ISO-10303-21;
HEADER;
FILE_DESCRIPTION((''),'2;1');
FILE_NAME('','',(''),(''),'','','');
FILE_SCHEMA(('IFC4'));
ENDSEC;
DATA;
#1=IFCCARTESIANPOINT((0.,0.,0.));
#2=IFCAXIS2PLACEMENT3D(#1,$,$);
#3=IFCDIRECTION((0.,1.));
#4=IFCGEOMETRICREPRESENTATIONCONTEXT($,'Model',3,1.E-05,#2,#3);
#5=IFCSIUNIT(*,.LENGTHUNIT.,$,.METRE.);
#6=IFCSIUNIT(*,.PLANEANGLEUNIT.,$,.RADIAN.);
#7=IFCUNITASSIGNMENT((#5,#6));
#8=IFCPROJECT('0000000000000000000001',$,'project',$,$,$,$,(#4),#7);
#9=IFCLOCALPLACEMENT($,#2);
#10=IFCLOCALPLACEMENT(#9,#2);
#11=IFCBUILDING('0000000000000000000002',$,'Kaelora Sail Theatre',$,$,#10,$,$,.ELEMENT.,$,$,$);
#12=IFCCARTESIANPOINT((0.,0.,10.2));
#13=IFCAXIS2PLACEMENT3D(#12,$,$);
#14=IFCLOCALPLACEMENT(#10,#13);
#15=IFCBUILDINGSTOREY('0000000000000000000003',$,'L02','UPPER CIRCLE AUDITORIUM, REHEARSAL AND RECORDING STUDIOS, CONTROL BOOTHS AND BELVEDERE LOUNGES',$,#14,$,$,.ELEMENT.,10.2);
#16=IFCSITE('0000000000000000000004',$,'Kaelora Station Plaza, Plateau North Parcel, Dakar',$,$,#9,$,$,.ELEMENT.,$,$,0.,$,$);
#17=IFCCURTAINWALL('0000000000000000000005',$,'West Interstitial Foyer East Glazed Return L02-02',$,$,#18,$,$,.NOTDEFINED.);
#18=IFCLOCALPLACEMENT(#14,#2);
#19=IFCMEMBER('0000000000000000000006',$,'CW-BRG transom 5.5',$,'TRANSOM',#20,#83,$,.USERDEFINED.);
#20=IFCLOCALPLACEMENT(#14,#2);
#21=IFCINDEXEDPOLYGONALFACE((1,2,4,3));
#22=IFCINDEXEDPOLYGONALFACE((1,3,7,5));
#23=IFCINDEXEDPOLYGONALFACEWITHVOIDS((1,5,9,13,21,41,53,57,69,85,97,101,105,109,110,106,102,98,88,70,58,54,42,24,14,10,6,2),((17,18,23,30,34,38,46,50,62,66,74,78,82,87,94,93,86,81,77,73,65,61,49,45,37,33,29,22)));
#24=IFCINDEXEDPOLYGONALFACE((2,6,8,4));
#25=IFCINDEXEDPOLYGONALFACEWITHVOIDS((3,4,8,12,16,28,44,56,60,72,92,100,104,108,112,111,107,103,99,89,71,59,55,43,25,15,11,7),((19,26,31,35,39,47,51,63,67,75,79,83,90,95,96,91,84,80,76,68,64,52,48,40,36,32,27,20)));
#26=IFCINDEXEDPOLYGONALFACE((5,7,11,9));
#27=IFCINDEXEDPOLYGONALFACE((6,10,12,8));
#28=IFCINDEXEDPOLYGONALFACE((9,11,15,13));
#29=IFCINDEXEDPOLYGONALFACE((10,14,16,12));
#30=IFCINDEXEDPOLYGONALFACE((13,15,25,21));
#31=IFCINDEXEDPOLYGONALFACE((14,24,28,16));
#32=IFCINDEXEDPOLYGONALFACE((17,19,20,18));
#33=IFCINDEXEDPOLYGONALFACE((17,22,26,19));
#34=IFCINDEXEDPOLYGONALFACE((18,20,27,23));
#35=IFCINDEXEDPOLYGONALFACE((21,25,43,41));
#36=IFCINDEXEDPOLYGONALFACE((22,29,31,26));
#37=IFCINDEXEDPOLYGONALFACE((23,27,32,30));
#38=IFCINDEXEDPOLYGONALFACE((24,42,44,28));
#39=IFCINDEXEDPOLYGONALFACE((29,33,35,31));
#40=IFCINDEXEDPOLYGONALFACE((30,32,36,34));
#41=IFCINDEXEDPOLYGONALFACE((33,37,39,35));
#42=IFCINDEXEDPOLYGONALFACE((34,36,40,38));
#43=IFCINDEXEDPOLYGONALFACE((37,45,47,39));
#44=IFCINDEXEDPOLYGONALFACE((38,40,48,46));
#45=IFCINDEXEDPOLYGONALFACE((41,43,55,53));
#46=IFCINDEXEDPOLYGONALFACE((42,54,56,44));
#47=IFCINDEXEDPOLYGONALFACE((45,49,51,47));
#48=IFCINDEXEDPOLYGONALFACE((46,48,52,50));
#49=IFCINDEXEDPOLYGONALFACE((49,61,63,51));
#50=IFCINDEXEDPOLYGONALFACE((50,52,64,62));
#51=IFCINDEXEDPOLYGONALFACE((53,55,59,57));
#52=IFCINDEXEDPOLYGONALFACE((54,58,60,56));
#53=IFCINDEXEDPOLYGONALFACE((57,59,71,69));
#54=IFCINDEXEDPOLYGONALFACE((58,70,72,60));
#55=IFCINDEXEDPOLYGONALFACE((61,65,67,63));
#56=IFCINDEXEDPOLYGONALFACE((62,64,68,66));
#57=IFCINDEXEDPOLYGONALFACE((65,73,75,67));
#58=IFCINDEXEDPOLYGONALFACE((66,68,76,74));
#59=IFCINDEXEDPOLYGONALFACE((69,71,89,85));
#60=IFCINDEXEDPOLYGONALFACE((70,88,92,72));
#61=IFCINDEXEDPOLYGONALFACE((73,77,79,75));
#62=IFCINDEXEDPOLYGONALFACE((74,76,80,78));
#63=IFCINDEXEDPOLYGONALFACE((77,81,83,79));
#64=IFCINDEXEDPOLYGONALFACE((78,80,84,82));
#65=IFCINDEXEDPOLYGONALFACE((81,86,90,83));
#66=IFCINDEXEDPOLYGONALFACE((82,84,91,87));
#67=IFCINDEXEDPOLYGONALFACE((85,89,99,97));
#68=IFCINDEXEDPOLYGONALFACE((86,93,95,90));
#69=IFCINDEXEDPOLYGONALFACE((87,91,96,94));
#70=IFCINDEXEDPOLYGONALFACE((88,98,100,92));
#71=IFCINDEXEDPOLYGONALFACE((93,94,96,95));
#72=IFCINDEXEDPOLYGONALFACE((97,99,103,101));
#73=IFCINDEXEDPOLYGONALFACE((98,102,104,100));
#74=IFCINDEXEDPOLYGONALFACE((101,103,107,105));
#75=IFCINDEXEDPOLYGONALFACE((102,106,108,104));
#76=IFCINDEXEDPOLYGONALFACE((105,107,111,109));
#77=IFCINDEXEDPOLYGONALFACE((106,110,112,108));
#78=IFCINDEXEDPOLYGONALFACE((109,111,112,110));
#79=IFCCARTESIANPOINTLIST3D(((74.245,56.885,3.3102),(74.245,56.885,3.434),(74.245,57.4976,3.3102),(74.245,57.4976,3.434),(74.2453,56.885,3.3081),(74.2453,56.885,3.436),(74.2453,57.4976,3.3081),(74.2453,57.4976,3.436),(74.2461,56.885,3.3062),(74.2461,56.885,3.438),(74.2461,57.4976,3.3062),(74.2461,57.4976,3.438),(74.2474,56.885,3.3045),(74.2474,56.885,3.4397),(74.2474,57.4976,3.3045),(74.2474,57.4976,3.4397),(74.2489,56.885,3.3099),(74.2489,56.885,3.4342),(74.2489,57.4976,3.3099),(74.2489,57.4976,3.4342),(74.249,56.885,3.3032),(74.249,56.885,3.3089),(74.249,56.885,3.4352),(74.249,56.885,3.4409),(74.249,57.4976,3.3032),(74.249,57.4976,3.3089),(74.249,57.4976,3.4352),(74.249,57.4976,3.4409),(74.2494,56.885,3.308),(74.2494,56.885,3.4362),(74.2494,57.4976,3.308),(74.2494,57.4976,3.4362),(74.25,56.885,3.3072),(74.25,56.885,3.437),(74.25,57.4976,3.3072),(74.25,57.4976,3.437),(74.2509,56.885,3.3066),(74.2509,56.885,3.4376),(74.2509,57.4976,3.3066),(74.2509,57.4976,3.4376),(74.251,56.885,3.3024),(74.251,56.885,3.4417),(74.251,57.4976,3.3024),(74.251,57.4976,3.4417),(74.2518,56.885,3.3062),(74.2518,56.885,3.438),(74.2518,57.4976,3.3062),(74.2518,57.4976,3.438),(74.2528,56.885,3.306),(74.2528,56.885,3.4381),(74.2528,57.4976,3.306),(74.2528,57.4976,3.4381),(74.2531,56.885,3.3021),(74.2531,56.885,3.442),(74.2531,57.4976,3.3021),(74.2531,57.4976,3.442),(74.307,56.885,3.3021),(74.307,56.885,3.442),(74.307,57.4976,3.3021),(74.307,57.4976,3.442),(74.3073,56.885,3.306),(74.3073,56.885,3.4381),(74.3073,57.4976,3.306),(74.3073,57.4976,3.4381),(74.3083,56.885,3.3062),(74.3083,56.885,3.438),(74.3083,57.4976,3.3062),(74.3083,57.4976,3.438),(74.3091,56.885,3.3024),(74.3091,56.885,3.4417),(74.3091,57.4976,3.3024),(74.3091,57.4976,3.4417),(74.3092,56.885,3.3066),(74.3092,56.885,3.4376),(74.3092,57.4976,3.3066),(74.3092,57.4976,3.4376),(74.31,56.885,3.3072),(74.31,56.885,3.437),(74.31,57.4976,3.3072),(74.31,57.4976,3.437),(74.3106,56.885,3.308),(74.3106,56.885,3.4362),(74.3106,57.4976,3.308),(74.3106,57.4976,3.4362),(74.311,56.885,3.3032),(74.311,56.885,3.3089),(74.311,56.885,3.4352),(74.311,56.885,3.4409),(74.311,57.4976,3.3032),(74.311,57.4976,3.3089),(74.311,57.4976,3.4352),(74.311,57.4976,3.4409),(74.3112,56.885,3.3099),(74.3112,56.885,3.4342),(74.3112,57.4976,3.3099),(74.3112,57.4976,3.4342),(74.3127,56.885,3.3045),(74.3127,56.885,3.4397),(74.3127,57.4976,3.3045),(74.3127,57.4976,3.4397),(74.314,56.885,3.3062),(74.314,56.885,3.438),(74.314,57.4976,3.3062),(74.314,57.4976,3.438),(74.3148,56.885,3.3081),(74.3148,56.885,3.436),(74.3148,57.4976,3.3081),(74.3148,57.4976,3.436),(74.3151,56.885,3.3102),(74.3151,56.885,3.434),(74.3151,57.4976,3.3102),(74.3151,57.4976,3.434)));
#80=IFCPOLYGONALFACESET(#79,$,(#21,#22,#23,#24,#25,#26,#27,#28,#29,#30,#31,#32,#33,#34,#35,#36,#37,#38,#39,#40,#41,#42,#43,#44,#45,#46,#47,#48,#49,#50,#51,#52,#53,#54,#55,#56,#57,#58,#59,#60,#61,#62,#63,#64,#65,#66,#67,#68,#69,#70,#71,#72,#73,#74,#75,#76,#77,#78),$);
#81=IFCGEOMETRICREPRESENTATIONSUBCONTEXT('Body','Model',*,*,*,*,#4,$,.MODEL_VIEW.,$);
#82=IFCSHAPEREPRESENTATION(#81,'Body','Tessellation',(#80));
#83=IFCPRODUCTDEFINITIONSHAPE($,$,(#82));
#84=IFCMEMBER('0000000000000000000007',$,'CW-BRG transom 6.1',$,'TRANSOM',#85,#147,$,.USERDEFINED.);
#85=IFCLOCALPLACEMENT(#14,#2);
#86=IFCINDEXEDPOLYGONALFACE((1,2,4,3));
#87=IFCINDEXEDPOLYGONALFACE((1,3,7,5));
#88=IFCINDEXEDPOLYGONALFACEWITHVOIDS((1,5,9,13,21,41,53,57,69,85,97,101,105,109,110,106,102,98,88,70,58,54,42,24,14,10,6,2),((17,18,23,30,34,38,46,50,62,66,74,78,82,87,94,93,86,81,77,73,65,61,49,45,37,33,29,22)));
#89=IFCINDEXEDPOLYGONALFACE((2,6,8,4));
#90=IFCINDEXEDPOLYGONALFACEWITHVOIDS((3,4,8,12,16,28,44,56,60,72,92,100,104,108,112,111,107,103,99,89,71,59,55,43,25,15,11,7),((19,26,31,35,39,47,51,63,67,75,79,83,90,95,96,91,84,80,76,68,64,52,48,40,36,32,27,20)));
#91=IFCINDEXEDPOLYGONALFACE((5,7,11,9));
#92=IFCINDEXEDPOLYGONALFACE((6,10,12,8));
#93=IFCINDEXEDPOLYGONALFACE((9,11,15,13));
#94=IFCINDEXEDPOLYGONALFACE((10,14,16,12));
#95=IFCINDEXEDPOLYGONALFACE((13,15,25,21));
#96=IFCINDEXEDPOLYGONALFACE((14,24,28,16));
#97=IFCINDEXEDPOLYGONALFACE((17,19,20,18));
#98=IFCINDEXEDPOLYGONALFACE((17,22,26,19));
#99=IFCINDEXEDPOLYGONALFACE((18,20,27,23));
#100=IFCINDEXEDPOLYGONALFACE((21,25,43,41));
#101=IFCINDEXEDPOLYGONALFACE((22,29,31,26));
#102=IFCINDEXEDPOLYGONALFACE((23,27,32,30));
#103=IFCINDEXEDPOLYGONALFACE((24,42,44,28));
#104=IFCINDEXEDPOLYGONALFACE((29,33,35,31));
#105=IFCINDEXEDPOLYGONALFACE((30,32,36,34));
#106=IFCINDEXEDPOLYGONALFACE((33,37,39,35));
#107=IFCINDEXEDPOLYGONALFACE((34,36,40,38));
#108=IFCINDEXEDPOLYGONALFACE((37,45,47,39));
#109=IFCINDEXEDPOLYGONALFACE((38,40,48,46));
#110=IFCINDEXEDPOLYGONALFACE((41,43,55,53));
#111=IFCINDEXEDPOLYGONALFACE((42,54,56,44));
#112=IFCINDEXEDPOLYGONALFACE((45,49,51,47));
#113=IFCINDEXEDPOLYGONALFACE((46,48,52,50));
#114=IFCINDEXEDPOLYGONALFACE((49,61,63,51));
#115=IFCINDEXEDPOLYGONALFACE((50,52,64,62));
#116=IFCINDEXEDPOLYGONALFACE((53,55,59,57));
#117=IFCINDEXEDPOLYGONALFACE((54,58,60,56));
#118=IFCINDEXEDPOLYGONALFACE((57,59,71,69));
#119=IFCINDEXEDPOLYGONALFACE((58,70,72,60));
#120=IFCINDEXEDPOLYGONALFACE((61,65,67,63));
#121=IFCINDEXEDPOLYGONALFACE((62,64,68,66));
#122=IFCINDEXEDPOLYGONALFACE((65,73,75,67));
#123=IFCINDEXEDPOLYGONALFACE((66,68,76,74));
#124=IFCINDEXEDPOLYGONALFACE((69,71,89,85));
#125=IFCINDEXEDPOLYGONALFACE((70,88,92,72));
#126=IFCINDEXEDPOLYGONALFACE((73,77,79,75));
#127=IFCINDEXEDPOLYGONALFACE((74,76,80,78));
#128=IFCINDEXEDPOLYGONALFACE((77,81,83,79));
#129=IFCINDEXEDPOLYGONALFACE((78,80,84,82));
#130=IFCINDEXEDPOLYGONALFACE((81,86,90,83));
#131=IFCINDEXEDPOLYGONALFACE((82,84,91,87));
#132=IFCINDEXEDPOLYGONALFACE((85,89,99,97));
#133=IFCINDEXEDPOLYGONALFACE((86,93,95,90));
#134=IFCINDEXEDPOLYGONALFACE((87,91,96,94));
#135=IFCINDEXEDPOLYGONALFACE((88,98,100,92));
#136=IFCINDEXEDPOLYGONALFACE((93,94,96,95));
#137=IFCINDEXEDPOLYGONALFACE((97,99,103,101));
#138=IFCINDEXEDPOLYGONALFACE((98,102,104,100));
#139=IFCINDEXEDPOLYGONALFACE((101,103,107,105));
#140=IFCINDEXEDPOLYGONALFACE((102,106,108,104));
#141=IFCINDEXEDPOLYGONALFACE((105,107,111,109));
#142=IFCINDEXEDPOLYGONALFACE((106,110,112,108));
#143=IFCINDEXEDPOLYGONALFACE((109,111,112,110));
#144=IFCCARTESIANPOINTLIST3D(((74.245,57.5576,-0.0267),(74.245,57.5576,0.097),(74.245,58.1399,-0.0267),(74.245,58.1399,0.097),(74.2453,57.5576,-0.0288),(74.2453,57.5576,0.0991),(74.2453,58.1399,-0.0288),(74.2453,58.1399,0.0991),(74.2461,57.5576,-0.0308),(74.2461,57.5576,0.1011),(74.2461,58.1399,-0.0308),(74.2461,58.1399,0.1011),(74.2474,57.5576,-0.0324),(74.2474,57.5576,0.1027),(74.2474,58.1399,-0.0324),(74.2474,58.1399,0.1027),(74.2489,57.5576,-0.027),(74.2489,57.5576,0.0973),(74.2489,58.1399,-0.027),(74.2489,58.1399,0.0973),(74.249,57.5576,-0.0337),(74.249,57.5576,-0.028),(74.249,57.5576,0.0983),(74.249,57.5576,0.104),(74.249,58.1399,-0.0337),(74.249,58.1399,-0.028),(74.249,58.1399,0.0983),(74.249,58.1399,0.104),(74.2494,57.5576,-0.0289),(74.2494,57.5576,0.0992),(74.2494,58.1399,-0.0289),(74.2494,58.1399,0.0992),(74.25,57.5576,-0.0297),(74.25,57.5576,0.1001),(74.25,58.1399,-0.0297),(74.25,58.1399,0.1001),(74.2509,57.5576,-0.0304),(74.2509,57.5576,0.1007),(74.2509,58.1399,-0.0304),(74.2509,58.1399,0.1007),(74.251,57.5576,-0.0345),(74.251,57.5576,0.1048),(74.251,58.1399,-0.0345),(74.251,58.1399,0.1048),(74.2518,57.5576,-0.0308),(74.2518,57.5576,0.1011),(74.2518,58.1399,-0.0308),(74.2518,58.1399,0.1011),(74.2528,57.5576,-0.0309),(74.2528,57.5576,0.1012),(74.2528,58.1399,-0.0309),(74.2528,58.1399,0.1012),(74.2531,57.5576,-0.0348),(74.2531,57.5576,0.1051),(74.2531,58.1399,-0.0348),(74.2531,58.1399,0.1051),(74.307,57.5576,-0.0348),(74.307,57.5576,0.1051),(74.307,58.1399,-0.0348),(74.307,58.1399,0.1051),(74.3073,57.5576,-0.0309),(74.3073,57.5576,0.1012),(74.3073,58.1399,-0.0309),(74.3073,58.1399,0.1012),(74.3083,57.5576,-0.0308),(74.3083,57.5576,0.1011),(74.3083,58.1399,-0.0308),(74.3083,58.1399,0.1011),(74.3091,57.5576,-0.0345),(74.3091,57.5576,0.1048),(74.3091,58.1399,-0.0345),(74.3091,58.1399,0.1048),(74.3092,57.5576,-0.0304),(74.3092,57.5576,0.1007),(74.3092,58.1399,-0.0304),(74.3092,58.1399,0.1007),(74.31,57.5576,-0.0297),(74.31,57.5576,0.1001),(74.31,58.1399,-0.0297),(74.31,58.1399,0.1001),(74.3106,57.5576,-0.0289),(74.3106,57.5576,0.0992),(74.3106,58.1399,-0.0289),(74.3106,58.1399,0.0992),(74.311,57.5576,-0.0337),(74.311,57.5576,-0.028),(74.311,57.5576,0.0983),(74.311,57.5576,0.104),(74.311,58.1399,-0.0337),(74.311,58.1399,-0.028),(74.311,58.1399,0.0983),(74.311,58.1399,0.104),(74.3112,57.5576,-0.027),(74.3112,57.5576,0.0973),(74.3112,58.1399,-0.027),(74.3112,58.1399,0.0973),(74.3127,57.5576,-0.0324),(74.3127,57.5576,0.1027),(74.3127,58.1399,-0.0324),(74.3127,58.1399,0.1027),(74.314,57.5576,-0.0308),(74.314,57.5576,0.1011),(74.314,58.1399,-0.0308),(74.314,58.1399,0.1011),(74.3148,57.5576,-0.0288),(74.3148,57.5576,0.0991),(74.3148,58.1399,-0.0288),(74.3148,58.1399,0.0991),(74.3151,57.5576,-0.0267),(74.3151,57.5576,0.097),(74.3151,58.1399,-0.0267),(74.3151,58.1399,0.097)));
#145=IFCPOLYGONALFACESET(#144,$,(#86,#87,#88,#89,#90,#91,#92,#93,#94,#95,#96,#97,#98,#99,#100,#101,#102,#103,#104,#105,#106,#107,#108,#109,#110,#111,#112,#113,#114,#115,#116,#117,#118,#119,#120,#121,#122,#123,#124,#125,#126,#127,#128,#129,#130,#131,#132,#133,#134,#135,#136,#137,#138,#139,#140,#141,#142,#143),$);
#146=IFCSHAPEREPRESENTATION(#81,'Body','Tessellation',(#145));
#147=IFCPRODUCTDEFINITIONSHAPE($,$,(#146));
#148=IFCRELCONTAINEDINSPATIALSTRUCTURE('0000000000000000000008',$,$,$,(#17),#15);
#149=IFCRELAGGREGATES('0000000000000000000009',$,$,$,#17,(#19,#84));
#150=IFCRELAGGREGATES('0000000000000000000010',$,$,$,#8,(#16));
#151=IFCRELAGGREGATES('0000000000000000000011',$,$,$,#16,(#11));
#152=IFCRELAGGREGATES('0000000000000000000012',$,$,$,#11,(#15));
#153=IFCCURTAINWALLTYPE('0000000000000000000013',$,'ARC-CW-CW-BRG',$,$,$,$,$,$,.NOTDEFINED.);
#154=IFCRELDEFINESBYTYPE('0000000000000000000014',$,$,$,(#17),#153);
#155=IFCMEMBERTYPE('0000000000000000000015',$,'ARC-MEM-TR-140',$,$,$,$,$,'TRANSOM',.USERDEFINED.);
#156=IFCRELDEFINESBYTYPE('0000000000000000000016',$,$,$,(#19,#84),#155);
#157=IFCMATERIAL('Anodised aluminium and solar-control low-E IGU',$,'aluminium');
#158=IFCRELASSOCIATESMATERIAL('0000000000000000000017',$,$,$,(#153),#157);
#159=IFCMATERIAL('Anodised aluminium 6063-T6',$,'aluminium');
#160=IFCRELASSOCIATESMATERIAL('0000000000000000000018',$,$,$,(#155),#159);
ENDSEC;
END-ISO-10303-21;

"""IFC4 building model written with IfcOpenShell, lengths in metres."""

from ifc_helpers import new_model, si_unit, direction, frame, origin, origin_2d, place, context, subcontext, project, spatial, hollow_rectangle, extrude, material, material_profile, profile_set, type_object, element, aggregate, save


model = new_model("IFC4")

# Units and contexts
model_context = context("Model", 3, precision=1e-05, world=origin(), true_north=direction((0.0, 1.0)))
body_context = subcontext(model_context, "Body", "Model", "MODEL_VIEW")
ifc_project = project(units=[si_unit("LENGTHUNIT", "METRE"), si_unit("PLANEANGLEUNIT", "RADIAN")], contexts=[model_context])

# Site, building, storey
site_placement = place(None, origin())
site = spatial("IfcSite", under=ifc_project, at=site_placement, Name="Kaelora Station Plaza, Plateau North Parcel, Dakar", CompositionType="ELEMENT", RefElevation=0.0)
building_placement = place(site_placement, origin())
building = spatial("IfcBuilding", under=site, at=building_placement, Name="Kaelora Sail Theatre", CompositionType="ELEMENT")
storey_placement = place(building_placement, frame((0.0, 0.0, 10.2)))
storey = spatial("IfcBuildingStorey", under=building, at=storey_placement, Name="L02", Description="UPPER CIRCLE AUDITORIUM, REHEARSAL AND RECORDING STUDIOS, CONTROL BOOTHS AND BELVEDERE LOUNGES", CompositionType="ELEMENT", Elevation=10.2)

# Curtain wall
ifc_material_1 = material(Name="Anodised aluminium and solar-control low-E IGU", Category="aluminium")
curtain_wall_type = type_object("IfcCurtainWallType", Name="ARC-CW-CW-BRG", PredefinedType="NOTDEFINED", material=ifc_material_1)
curtain_wall_1_placement = place(storey_placement, origin())
curtain_wall_1 = element("IfcCurtainWall", 1, at=curtain_wall_1_placement, inside=storey, type_object=curtain_wall_type, Name="West Interstitial Foyer East Glazed Return L02-02", PredefinedType="NOTDEFINED")

# Members
ifc_material_2 = material(Name="Anodised aluminium 6063-T6", Category="aluminium")
ifc_material_profile_1 = material_profile(ifc_material_2, hollow_rectangle(XDim=0.0701, YDim=0.1399, WallThickness=0.0039, InnerFilletRadius=0.0039, OuterFilletRadius=0.0081, at=origin_2d()), Name="ALU-TRAN 70x140x4")
ifc_profile_set_1 = profile_set([ifc_material_profile_1], Name="Anodised aluminium 6063-T6")
member_type_1 = type_object("IfcMemberType", Name="ARC-MEM-TR-140", ElementType="TRANSOM", PredefinedType="USERDEFINED", material=ifc_profile_set_1)
member_1_placement = place(storey_placement, frame((74.28, 56.885, 3.3721), z_axis=(0.0, 1.0, 0.0), x_axis=(-1.0, 0.0, 0.0)))
member_1 = element("IfcMember", 2, at=member_1_placement, type_object=member_type_1, Name="CW-BRG transom 5.5", ObjectType="TRANSOM", PredefinedType="USERDEFINED", context=body_context, shape_type="SweptSolid", body=[
    extrude(hollow_rectangle(XDim=0.0701, YDim=0.1399, WallThickness=0.0039, InnerFilletRadius=0.0039, OuterFilletRadius=0.0081, at=origin_2d()), origin(), (0.0, 0.0, 1.0), 0.6125),
])
member_2_placement = place(storey_placement, frame((74.28, 57.5576, 0.0352), z_axis=(0.0, 1.0, 0.0), x_axis=(-1.0, 0.0, 0.0)))
member_2 = element("IfcMember", 3, at=member_2_placement, type_object=member_type_1, Name="CW-BRG transom 6.1", ObjectType="TRANSOM", PredefinedType="USERDEFINED", context=body_context, shape_type="SweptSolid", body=[
    extrude(hollow_rectangle(XDim=0.0701, YDim=0.1399, WallThickness=0.0039, InnerFilletRadius=0.0039, OuterFilletRadius=0.0081, at=origin_2d()), origin(), (0.0, 0.0, 1.0), 0.5823),
])

aggregate(curtain_wall_1, [member_1, member_2])

save(model, "model.ifc")
